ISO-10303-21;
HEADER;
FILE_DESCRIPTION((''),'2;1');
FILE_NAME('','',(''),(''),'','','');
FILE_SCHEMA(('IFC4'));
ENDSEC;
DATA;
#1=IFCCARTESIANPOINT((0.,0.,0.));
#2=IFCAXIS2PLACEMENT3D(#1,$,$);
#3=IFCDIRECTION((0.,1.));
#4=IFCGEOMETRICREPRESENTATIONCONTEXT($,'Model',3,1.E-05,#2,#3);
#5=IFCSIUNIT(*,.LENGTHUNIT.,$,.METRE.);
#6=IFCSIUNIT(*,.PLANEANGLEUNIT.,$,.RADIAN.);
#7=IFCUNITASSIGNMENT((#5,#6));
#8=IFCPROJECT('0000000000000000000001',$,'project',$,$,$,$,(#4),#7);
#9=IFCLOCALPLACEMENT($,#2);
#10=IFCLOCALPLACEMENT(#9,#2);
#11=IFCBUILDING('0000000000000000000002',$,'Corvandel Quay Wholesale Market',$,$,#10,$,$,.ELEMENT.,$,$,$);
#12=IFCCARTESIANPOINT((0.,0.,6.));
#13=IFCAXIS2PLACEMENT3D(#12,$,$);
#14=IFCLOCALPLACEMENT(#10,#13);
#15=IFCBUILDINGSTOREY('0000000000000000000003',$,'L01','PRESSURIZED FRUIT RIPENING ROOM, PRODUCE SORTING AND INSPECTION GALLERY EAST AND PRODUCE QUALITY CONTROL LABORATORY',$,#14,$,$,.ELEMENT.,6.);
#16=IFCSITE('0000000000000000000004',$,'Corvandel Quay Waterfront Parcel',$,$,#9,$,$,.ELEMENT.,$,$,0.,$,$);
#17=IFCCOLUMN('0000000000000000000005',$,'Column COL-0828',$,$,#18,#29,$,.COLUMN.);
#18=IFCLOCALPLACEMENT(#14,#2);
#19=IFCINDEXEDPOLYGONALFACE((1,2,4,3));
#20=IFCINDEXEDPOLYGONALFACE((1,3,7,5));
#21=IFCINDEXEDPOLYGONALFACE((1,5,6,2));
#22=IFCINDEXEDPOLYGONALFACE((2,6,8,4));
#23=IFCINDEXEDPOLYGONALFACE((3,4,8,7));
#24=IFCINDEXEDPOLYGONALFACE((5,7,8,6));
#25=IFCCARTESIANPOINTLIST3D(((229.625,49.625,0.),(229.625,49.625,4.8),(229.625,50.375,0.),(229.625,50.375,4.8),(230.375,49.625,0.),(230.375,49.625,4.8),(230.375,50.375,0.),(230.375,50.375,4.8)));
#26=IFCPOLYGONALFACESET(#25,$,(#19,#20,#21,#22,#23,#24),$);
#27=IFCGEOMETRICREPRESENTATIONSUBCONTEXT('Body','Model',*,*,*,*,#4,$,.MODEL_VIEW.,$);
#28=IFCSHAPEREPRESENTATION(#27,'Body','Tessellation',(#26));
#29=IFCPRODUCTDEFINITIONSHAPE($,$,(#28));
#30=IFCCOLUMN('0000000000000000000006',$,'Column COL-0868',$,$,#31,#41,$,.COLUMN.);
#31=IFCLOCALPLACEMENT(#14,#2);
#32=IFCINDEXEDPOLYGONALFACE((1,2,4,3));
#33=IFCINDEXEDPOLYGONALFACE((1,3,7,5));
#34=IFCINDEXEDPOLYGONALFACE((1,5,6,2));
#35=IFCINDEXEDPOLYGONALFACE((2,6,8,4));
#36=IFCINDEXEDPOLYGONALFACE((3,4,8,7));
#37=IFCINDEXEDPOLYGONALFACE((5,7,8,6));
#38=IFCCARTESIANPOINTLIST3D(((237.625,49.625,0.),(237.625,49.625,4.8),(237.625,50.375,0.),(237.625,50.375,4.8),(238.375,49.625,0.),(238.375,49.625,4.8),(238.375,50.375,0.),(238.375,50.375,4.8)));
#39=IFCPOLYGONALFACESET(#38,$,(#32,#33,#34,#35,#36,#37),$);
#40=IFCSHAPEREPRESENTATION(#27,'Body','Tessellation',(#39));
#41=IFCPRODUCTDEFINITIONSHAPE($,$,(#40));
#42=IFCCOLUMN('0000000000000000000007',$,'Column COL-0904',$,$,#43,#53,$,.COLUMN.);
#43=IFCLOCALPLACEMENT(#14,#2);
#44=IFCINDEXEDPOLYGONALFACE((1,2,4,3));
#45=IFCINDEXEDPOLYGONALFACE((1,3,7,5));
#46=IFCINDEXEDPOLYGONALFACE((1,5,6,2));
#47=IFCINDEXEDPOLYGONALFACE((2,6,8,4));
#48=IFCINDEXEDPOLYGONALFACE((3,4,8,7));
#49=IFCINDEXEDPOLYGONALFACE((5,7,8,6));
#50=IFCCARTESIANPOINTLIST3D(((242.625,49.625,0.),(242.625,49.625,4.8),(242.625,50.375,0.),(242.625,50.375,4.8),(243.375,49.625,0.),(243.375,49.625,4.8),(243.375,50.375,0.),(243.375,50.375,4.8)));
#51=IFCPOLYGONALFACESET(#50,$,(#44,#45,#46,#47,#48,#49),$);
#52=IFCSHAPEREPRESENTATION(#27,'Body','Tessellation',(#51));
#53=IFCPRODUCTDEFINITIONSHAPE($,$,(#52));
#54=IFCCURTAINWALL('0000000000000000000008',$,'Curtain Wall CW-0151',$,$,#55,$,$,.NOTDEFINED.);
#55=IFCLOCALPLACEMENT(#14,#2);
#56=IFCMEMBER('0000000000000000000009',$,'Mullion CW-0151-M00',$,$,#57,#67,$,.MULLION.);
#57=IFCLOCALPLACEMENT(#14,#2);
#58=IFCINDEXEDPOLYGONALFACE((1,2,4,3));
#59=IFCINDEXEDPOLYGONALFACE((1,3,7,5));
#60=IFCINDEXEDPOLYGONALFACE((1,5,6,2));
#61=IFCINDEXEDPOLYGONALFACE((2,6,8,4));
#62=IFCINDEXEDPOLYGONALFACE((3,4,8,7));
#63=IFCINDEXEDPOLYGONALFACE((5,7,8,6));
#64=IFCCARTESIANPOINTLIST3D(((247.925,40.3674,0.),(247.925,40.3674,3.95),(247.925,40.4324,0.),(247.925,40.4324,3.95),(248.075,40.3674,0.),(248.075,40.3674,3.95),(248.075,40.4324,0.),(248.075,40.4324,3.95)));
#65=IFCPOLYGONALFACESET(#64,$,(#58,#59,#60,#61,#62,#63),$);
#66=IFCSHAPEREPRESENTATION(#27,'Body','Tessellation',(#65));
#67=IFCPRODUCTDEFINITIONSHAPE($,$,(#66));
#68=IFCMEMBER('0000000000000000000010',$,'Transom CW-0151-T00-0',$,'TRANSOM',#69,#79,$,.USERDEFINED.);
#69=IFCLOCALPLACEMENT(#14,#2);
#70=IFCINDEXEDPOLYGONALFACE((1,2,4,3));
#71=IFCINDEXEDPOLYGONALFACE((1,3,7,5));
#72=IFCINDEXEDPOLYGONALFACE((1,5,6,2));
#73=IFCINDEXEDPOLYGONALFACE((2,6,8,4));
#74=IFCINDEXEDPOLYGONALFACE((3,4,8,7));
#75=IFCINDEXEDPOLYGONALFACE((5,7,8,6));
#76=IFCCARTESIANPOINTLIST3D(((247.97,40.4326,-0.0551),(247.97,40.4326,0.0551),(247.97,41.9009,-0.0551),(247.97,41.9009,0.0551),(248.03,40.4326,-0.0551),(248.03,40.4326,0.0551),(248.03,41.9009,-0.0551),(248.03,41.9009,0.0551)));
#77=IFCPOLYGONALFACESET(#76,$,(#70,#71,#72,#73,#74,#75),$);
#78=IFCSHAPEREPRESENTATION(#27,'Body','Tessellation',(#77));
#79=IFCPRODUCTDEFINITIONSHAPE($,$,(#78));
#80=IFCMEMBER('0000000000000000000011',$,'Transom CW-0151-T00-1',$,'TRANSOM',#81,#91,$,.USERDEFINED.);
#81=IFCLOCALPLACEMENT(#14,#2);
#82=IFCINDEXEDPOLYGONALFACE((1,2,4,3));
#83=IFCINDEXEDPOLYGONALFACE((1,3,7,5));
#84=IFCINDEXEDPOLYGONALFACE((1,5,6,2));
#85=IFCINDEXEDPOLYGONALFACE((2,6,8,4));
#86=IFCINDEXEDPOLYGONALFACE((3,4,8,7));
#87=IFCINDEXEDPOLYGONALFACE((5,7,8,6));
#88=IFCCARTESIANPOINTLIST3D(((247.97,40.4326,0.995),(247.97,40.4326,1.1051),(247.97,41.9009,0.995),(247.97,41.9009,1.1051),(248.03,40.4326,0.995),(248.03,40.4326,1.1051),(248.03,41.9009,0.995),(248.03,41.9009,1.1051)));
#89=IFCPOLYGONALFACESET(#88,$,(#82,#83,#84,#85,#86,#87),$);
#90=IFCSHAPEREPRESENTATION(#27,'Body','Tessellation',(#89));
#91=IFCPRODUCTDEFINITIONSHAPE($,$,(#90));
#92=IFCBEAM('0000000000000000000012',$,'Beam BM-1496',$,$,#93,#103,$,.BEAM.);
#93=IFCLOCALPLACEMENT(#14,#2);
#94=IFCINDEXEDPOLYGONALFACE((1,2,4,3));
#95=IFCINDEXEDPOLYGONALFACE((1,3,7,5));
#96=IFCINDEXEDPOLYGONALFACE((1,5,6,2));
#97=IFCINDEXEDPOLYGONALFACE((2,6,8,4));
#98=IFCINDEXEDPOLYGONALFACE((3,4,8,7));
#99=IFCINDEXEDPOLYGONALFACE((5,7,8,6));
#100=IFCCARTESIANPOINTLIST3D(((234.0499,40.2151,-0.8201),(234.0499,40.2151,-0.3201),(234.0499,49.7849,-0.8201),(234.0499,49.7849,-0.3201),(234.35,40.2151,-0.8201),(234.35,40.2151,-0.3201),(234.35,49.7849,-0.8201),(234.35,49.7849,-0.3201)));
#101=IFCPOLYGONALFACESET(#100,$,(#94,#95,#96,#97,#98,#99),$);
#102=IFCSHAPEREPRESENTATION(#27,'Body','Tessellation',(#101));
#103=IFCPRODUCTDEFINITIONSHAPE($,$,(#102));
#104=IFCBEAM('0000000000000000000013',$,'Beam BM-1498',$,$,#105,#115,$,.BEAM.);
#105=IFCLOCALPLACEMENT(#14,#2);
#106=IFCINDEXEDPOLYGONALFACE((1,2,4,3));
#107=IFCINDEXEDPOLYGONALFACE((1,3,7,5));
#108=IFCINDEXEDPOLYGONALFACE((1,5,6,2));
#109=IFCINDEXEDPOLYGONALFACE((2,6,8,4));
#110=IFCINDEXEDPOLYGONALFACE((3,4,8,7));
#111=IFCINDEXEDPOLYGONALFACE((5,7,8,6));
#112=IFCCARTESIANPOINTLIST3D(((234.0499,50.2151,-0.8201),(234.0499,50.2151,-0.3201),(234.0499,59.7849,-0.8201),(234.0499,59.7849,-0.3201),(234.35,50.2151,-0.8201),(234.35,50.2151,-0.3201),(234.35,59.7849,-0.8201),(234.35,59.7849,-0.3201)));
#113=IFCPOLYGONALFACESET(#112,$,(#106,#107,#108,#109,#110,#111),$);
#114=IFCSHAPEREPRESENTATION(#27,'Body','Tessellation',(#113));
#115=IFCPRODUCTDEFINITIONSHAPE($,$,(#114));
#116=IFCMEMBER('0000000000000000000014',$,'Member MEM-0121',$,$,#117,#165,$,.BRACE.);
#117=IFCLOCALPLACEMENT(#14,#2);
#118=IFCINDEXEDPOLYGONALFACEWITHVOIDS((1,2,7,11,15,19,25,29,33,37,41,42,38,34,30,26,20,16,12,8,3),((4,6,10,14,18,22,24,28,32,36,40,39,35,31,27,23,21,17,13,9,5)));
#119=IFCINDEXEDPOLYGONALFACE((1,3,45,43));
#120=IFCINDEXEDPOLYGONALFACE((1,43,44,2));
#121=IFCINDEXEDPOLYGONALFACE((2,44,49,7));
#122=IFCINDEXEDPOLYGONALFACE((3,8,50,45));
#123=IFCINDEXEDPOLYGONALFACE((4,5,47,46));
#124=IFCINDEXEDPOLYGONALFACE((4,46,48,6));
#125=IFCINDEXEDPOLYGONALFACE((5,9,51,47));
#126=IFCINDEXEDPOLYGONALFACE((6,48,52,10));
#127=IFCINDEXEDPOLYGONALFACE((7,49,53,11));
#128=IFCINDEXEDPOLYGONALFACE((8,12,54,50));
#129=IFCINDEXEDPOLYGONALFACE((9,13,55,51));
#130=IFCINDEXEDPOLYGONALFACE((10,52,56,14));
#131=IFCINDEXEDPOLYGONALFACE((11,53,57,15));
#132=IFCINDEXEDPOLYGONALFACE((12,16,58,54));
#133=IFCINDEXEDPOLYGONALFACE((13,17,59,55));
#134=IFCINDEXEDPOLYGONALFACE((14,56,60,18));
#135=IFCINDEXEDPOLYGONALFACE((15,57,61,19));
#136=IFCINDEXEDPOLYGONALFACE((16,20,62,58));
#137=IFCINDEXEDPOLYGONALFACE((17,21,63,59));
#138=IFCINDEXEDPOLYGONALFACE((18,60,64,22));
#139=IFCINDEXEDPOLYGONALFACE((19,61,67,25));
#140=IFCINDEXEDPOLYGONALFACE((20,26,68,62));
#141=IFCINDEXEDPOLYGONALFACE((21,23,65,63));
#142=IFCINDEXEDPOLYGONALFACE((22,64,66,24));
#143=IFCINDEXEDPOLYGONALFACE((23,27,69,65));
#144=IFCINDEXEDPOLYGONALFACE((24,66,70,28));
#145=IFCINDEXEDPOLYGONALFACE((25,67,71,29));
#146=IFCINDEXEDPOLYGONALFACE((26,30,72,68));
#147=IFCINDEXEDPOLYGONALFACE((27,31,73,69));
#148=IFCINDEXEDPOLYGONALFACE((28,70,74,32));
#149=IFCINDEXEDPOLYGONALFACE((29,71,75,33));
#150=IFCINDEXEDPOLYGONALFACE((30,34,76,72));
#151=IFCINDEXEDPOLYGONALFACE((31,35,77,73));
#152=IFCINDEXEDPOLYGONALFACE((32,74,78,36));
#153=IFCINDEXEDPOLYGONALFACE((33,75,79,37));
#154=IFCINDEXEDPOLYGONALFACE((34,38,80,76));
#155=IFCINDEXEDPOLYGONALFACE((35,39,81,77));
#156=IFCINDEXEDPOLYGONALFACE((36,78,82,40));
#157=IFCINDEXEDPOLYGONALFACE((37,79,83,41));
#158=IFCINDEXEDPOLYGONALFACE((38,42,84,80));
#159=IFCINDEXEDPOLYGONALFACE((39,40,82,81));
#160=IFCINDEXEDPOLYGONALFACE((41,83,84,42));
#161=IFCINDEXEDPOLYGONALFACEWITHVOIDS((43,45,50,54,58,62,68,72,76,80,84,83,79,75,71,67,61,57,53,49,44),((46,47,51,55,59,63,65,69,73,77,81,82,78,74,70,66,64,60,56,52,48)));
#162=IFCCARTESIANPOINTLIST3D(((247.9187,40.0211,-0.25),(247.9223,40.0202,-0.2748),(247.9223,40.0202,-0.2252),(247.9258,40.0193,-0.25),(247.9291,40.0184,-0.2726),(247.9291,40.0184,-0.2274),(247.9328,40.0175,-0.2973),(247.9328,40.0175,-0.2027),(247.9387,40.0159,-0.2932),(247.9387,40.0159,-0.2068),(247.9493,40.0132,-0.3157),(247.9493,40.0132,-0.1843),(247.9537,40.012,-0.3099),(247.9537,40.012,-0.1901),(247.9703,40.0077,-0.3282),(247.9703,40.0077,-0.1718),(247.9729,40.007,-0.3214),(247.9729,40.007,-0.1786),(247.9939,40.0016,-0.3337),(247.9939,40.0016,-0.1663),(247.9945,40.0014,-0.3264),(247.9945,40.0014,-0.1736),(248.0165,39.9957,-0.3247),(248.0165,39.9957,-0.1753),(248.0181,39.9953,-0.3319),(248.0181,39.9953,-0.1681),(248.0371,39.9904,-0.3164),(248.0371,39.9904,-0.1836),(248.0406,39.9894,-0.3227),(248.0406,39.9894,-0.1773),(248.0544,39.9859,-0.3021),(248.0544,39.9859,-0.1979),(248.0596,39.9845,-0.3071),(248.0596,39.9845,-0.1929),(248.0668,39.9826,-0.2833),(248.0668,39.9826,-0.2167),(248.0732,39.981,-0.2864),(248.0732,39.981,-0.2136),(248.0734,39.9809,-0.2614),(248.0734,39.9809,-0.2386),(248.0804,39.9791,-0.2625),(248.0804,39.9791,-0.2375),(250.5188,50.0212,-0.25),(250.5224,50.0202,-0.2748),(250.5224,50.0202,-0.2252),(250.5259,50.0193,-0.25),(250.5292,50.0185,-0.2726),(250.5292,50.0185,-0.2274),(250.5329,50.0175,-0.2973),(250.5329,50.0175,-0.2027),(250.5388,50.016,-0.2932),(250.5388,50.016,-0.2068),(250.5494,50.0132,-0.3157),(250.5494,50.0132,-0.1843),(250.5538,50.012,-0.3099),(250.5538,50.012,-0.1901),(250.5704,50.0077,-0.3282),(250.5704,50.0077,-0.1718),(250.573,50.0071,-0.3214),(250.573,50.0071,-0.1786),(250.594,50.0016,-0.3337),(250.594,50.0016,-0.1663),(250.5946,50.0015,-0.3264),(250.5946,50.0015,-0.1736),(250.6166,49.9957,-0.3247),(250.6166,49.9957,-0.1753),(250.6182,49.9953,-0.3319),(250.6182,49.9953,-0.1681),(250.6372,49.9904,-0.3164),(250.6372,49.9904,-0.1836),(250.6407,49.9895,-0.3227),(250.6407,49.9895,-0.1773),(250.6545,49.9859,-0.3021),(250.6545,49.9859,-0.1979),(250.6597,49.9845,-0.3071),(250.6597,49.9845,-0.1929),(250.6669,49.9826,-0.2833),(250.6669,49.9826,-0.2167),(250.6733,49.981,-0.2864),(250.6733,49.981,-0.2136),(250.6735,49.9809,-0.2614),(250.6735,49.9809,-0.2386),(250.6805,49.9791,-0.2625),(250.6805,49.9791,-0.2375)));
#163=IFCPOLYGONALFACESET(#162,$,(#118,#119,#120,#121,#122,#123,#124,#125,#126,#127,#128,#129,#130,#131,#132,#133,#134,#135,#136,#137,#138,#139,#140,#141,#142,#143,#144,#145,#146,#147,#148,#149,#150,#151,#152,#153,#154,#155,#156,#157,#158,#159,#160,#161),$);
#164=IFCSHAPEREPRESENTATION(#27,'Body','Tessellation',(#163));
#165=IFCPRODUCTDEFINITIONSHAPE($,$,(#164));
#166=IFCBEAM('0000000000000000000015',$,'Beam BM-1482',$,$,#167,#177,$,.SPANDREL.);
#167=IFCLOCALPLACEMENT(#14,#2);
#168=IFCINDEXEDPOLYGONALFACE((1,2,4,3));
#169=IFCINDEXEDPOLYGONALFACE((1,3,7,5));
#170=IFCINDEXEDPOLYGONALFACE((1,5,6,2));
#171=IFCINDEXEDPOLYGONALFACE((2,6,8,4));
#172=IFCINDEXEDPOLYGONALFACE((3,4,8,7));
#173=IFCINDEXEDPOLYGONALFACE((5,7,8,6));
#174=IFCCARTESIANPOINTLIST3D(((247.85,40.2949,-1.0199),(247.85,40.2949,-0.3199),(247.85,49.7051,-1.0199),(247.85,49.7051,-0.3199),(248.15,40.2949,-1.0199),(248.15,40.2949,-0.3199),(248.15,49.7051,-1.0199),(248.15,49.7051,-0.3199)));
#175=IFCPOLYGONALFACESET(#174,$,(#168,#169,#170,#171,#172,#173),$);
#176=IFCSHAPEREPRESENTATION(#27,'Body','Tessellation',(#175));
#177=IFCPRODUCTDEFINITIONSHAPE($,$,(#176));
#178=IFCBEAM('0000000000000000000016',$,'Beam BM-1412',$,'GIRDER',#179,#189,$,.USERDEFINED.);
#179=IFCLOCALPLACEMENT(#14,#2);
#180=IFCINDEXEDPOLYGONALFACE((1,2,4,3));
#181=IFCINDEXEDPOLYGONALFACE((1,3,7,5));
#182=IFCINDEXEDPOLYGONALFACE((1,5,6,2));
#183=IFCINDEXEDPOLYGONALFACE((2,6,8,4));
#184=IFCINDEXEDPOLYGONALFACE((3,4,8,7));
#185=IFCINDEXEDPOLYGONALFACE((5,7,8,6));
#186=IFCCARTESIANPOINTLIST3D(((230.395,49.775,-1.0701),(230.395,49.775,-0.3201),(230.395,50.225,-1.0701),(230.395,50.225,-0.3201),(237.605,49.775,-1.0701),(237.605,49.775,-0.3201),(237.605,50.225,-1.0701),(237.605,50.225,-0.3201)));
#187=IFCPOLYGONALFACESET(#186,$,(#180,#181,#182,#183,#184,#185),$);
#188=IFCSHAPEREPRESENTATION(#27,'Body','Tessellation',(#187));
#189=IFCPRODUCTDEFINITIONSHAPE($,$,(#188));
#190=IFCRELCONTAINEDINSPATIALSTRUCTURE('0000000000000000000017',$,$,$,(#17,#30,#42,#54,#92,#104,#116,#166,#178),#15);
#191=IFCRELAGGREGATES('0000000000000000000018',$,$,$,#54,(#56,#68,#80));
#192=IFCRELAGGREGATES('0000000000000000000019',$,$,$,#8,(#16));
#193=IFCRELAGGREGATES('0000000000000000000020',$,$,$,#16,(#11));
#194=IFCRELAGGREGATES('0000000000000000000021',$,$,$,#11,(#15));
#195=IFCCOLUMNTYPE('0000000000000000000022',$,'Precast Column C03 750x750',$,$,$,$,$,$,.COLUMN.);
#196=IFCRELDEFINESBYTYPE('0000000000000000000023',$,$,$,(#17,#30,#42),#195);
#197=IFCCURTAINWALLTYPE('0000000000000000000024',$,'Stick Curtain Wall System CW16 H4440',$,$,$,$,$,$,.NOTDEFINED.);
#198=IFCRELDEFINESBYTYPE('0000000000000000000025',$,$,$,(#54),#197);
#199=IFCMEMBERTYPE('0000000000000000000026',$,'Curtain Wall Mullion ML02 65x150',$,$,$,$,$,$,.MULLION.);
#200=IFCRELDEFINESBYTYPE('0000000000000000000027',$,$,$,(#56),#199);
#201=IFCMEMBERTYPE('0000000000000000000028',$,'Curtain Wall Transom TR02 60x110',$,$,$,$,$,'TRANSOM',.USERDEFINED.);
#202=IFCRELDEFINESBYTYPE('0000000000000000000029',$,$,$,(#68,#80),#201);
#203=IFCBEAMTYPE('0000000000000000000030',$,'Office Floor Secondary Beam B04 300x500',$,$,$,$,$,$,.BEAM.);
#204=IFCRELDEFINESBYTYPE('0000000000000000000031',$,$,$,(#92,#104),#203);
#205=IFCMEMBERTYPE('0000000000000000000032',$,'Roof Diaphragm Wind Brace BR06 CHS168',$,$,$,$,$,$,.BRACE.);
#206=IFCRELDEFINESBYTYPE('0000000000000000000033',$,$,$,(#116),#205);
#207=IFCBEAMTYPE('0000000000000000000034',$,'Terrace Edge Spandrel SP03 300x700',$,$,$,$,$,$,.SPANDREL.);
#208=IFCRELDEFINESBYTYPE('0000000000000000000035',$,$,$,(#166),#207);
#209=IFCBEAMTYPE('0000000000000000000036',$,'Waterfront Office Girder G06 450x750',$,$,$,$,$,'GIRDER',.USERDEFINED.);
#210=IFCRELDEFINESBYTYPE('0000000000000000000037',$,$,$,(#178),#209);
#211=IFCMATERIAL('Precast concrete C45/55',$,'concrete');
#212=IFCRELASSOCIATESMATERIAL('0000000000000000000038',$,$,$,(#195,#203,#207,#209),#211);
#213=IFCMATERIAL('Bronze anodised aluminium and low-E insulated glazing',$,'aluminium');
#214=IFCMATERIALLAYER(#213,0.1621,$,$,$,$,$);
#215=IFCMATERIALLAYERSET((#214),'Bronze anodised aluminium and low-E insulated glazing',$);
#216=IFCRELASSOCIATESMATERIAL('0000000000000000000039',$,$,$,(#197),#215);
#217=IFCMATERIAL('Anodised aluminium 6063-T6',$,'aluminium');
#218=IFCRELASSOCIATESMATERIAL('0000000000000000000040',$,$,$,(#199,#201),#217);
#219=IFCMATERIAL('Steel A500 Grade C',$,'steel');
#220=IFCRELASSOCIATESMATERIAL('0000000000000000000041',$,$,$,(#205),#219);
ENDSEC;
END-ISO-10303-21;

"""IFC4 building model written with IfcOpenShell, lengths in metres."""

from ifc_helpers import new_model, si_unit, direction, frame, origin, origin_2d, place, context, subcontext, project, spatial, rectangle, hollow_circle, extrude, material, layer, layer_set, material_profile, profile_set, type_object, element, aggregate, save


model = new_model("IFC4")

# Units and contexts
model_context = context("Model", 3, precision=1e-05, world=origin(), true_north=direction((0.0, 1.0)))
body_context = subcontext(model_context, "Body", "Model", "MODEL_VIEW")
ifc_project = project(units=[si_unit("LENGTHUNIT", "METRE"), si_unit("PLANEANGLEUNIT", "RADIAN")], contexts=[model_context])

# Site, building, storey
site_placement = place(None, origin())
site = spatial("IfcSite", under=ifc_project, at=site_placement, Name="Corvandel Quay Waterfront Parcel", CompositionType="ELEMENT", RefElevation=0.0)
building_placement = place(site_placement, origin())
building = spatial("IfcBuilding", under=site, at=building_placement, Name="Corvandel Quay Wholesale Market", CompositionType="ELEMENT")
storey_placement = place(building_placement, frame((0.0, 0.0, 6.0)))
storey = spatial("IfcBuildingStorey", under=building, at=storey_placement, Name="L01", Description="PRESSURIZED FRUIT RIPENING ROOM, PRODUCE SORTING AND INSPECTION GALLERY EAST AND PRODUCE QUALITY CONTROL LABORATORY", CompositionType="ELEMENT", Elevation=6.0)

# Columns
ifc_material_1 = material(Name="Precast concrete C45/55", Category="concrete")
ifc_material_profile_1 = material_profile(ifc_material_1, rectangle(XDim=0.75, YDim=0.75, at=origin_2d()), Name="PC-COL-750x750")
ifc_profile_set_1 = profile_set([ifc_material_profile_1], Name="Precast concrete C45/55")
column_type = type_object("IfcColumnType", Name="Precast Column C03 750x750", PredefinedType="COLUMN", material=ifc_profile_set_1)
for number, where, z_axis, x_axis, name in (
    (1, (230.0, 50.0, 0.0), (0.0, 0.0, 1.0), (1.0, 0.0, 0.0), "Column COL-0828"),
    (2, (238.0, 50.0, 0.0), (0.0, 0.0, 1.0), (1.0, 0.0, 0.0), "Column COL-0868"),
    (3, (243.0, 50.0, 0.0), (0.0, 0.0, 1.0), (1.0, 0.0, 0.0), "Column COL-0904"),
):
    element("IfcColumn", number, at=place(storey_placement, frame(where, z_axis=z_axis, x_axis=x_axis)), inside=storey, type_object=column_type, Name=name, PredefinedType="COLUMN", context=body_context, shape_type="SweptSolid", body=[
        extrude(rectangle(XDim=0.75, YDim=0.75, at=origin_2d()), origin(), (0.0, 0.0, 1.0), 4.8),
    ])

# Curtain wall, members
ifc_material_2 = material(Name="Bronze anodised aluminium and low-E insulated glazing", Category="aluminium")
ifc_layer_1 = layer(ifc_material_2, 0.1621)
ifc_layer_set_1 = layer_set([ifc_layer_1], Name="Bronze anodised aluminium and low-E insulated glazing")
curtain_wall_type = type_object("IfcCurtainWallType", Name="Stick Curtain Wall System CW16 H4440", PredefinedType="NOTDEFINED", material=ifc_layer_set_1)
curtain_wall_placement = place(storey_placement, origin())
curtain_wall = element("IfcCurtainWall", 4, at=curtain_wall_placement, inside=storey, type_object=curtain_wall_type, Name="Curtain Wall CW-0151", PredefinedType="NOTDEFINED")
ifc_material_3 = material(Name="Anodised aluminium 6063-T6", Category="aluminium")
ifc_material_profile_2 = material_profile(ifc_material_3, rectangle(XDim=0.0649, YDim=0.1499, at=origin_2d()), Name="ALU-MUL-65x150")
ifc_profile_set_2 = profile_set([ifc_material_profile_2], Name="Anodised aluminium 6063-T6")
member_type_1 = type_object("IfcMemberType", Name="Curtain Wall Mullion ML02 65x150", PredefinedType="MULLION", material=ifc_profile_set_2)
member_1_placement = place(storey_placement, frame((248.0, 40.3999, 0.0), z_axis=(0.0, 0.0, 1.0), x_axis=(0.0, 1.0, 0.0)))
member_1 = element("IfcMember", 5, at=member_1_placement, type_object=member_type_1, Name="Mullion CW-0151-M00", PredefinedType="MULLION", context=body_context, shape_type="SweptSolid", body=[
    extrude(rectangle(XDim=0.0649, YDim=0.1499, at=origin_2d()), origin(), (0.0, 0.0, 1.0), 3.95),
])
ifc_material_profile_3 = material_profile(ifc_material_3, rectangle(XDim=0.0601, YDim=0.1101, at=origin_2d()), Name="ALU-TRN-60x110")
ifc_profile_set_3 = profile_set([ifc_material_profile_3], Name="Anodised aluminium 6063-T6")
member_type_2 = type_object("IfcMemberType", Name="Curtain Wall Transom TR02 60x110", ElementType="TRANSOM", PredefinedType="USERDEFINED", material=ifc_profile_set_3)
member_2_placement = place(storey_placement, frame((248.0, 40.4326, 0.0), z_axis=(0.0, 1.0, 0.0), x_axis=(-1.0, 0.0, 0.0)))
member_2 = element("IfcMember", 6, at=member_2_placement, type_object=member_type_2, Name="Transom CW-0151-T00-0", ObjectType="TRANSOM", PredefinedType="USERDEFINED", context=body_context, shape_type="SweptSolid", body=[
    extrude(rectangle(XDim=0.0601, YDim=0.1101, at=origin_2d()), origin(), (0.0, 0.0, 1.0), 1.4683),
])
member_3_placement = place(storey_placement, frame((248.0, 40.4326, 1.05), z_axis=(0.0, 1.0, 0.0), x_axis=(-1.0, 0.0, 0.0)))
member_3 = element("IfcMember", 7, at=member_3_placement, type_object=member_type_2, Name="Transom CW-0151-T00-1", ObjectType="TRANSOM", PredefinedType="USERDEFINED", context=body_context, shape_type="SweptSolid", body=[
    extrude(rectangle(XDim=0.0601, YDim=0.1101, at=origin_2d()), origin(), (0.0, 0.0, 1.0), 1.4683),
])
aggregate(curtain_wall, [member_1, member_2, member_3])

# Beams
ifc_material_profile_4 = material_profile(ifc_material_1, rectangle(XDim=0.3, YDim=0.5, at=origin_2d()), Name="PC-BM-300x500")
ifc_profile_set_4 = profile_set([ifc_material_profile_4], Name="Precast concrete C45/55")
beam_type_1 = type_object("IfcBeamType", Name="Office Floor Secondary Beam B04 300x500", PredefinedType="BEAM", material=ifc_profile_set_4)
for number, where, z_axis, x_axis, name in (
    (8, (234.2, 40.2151, -0.5701), (0.0, 1.0, 0.0), (-1.0, 0.0, 0.0), "Beam BM-1496"),
    (9, (234.2, 50.2151, -0.5701), (0.0, 1.0, 0.0), (-1.0, 0.0, 0.0), "Beam BM-1498"),
):
    element("IfcBeam", number, at=place(storey_placement, frame(where, z_axis=z_axis, x_axis=x_axis)), inside=storey, type_object=beam_type_1, Name=name, PredefinedType="BEAM", context=body_context, shape_type="SweptSolid", body=[
        extrude(rectangle(XDim=0.3, YDim=0.5, at=origin_2d()), origin(), (0.0, 0.0, 1.0), 9.5698),
    ])

# Member
ifc_material_4 = material(Name="Steel A500 Grade C", Category="steel")
ifc_material_profile_5 = material_profile(ifc_material_4, hollow_circle(Radius=0.084, WallThickness=0.0073, at=origin_2d()), Name="HSS6.625X0.312")
ifc_profile_set_5 = profile_set([ifc_material_profile_5], Name="Steel A500 Grade C")
member_type_3 = type_object("IfcMemberType", Name="Roof Diaphragm Wind Brace BR06 CHS168", PredefinedType="BRACE", material=ifc_profile_set_5)
member_4_placement = place(storey_placement, frame((248.0, 40.0, -0.25), z_axis=(0.251643, 0.96782, 0.0), x_axis=(-0.96782, 0.251643, 0.0)))
element("IfcMember", 10, at=member_4_placement, inside=storey, type_object=member_type_3, Name="Member MEM-0121", PredefinedType="BRACE", context=body_context, shape_type="SweptSolid", body=[
    extrude(hollow_circle(Radius=0.084, WallThickness=0.0073, at=origin_2d()), origin(), (0.0, 0.0, 1.0), 10.3325),
])

# Beams
ifc_material_profile_6 = material_profile(ifc_material_1, rectangle(XDim=0.3, YDim=0.7, at=origin_2d()), Name="PC-SPN-300x700")
ifc_profile_set_6 = profile_set([ifc_material_profile_6], Name="Precast concrete C45/55")
beam_type_2 = type_object("IfcBeamType", Name="Terrace Edge Spandrel SP03 300x700", PredefinedType="SPANDREL", material=ifc_profile_set_6)
beam_1_placement = place(storey_placement, frame((248.0, 40.2949, -0.6699), z_axis=(0.0, 1.0, 0.0), x_axis=(-1.0, 0.0, 0.0)))
element("IfcBeam", 11, at=beam_1_placement, inside=storey, type_object=beam_type_2, Name="Beam BM-1482", PredefinedType="SPANDREL", context=body_context, shape_type="SweptSolid", body=[
    extrude(rectangle(XDim=0.3, YDim=0.7, at=origin_2d()), origin(), (0.0, 0.0, 1.0), 9.4102),
])
ifc_material_profile_7 = material_profile(ifc_material_1, rectangle(XDim=0.45, YDim=0.75, at=origin_2d()), Name="PC-GIR-450x750")
ifc_profile_set_7 = profile_set([ifc_material_profile_7], Name="Precast concrete C45/55")
beam_type_3 = type_object("IfcBeamType", Name="Waterfront Office Girder G06 450x750", ElementType="GIRDER", PredefinedType="USERDEFINED", material=ifc_profile_set_7)
beam_2_placement = place(storey_placement, frame((230.395, 50.0, -0.6951), z_axis=(1.0, 0.0, 0.0), x_axis=(0.0, 1.0, 0.0)))
element("IfcBeam", 12, at=beam_2_placement, inside=storey, type_object=beam_type_3, Name="Beam BM-1412", ObjectType="GIRDER", PredefinedType="USERDEFINED", context=body_context, shape_type="SweptSolid", body=[
    extrude(rectangle(XDim=0.45, YDim=0.75, at=origin_2d()), origin(), (0.0, 0.0, 1.0), 7.21),
])

save(model, "model.ifc")
